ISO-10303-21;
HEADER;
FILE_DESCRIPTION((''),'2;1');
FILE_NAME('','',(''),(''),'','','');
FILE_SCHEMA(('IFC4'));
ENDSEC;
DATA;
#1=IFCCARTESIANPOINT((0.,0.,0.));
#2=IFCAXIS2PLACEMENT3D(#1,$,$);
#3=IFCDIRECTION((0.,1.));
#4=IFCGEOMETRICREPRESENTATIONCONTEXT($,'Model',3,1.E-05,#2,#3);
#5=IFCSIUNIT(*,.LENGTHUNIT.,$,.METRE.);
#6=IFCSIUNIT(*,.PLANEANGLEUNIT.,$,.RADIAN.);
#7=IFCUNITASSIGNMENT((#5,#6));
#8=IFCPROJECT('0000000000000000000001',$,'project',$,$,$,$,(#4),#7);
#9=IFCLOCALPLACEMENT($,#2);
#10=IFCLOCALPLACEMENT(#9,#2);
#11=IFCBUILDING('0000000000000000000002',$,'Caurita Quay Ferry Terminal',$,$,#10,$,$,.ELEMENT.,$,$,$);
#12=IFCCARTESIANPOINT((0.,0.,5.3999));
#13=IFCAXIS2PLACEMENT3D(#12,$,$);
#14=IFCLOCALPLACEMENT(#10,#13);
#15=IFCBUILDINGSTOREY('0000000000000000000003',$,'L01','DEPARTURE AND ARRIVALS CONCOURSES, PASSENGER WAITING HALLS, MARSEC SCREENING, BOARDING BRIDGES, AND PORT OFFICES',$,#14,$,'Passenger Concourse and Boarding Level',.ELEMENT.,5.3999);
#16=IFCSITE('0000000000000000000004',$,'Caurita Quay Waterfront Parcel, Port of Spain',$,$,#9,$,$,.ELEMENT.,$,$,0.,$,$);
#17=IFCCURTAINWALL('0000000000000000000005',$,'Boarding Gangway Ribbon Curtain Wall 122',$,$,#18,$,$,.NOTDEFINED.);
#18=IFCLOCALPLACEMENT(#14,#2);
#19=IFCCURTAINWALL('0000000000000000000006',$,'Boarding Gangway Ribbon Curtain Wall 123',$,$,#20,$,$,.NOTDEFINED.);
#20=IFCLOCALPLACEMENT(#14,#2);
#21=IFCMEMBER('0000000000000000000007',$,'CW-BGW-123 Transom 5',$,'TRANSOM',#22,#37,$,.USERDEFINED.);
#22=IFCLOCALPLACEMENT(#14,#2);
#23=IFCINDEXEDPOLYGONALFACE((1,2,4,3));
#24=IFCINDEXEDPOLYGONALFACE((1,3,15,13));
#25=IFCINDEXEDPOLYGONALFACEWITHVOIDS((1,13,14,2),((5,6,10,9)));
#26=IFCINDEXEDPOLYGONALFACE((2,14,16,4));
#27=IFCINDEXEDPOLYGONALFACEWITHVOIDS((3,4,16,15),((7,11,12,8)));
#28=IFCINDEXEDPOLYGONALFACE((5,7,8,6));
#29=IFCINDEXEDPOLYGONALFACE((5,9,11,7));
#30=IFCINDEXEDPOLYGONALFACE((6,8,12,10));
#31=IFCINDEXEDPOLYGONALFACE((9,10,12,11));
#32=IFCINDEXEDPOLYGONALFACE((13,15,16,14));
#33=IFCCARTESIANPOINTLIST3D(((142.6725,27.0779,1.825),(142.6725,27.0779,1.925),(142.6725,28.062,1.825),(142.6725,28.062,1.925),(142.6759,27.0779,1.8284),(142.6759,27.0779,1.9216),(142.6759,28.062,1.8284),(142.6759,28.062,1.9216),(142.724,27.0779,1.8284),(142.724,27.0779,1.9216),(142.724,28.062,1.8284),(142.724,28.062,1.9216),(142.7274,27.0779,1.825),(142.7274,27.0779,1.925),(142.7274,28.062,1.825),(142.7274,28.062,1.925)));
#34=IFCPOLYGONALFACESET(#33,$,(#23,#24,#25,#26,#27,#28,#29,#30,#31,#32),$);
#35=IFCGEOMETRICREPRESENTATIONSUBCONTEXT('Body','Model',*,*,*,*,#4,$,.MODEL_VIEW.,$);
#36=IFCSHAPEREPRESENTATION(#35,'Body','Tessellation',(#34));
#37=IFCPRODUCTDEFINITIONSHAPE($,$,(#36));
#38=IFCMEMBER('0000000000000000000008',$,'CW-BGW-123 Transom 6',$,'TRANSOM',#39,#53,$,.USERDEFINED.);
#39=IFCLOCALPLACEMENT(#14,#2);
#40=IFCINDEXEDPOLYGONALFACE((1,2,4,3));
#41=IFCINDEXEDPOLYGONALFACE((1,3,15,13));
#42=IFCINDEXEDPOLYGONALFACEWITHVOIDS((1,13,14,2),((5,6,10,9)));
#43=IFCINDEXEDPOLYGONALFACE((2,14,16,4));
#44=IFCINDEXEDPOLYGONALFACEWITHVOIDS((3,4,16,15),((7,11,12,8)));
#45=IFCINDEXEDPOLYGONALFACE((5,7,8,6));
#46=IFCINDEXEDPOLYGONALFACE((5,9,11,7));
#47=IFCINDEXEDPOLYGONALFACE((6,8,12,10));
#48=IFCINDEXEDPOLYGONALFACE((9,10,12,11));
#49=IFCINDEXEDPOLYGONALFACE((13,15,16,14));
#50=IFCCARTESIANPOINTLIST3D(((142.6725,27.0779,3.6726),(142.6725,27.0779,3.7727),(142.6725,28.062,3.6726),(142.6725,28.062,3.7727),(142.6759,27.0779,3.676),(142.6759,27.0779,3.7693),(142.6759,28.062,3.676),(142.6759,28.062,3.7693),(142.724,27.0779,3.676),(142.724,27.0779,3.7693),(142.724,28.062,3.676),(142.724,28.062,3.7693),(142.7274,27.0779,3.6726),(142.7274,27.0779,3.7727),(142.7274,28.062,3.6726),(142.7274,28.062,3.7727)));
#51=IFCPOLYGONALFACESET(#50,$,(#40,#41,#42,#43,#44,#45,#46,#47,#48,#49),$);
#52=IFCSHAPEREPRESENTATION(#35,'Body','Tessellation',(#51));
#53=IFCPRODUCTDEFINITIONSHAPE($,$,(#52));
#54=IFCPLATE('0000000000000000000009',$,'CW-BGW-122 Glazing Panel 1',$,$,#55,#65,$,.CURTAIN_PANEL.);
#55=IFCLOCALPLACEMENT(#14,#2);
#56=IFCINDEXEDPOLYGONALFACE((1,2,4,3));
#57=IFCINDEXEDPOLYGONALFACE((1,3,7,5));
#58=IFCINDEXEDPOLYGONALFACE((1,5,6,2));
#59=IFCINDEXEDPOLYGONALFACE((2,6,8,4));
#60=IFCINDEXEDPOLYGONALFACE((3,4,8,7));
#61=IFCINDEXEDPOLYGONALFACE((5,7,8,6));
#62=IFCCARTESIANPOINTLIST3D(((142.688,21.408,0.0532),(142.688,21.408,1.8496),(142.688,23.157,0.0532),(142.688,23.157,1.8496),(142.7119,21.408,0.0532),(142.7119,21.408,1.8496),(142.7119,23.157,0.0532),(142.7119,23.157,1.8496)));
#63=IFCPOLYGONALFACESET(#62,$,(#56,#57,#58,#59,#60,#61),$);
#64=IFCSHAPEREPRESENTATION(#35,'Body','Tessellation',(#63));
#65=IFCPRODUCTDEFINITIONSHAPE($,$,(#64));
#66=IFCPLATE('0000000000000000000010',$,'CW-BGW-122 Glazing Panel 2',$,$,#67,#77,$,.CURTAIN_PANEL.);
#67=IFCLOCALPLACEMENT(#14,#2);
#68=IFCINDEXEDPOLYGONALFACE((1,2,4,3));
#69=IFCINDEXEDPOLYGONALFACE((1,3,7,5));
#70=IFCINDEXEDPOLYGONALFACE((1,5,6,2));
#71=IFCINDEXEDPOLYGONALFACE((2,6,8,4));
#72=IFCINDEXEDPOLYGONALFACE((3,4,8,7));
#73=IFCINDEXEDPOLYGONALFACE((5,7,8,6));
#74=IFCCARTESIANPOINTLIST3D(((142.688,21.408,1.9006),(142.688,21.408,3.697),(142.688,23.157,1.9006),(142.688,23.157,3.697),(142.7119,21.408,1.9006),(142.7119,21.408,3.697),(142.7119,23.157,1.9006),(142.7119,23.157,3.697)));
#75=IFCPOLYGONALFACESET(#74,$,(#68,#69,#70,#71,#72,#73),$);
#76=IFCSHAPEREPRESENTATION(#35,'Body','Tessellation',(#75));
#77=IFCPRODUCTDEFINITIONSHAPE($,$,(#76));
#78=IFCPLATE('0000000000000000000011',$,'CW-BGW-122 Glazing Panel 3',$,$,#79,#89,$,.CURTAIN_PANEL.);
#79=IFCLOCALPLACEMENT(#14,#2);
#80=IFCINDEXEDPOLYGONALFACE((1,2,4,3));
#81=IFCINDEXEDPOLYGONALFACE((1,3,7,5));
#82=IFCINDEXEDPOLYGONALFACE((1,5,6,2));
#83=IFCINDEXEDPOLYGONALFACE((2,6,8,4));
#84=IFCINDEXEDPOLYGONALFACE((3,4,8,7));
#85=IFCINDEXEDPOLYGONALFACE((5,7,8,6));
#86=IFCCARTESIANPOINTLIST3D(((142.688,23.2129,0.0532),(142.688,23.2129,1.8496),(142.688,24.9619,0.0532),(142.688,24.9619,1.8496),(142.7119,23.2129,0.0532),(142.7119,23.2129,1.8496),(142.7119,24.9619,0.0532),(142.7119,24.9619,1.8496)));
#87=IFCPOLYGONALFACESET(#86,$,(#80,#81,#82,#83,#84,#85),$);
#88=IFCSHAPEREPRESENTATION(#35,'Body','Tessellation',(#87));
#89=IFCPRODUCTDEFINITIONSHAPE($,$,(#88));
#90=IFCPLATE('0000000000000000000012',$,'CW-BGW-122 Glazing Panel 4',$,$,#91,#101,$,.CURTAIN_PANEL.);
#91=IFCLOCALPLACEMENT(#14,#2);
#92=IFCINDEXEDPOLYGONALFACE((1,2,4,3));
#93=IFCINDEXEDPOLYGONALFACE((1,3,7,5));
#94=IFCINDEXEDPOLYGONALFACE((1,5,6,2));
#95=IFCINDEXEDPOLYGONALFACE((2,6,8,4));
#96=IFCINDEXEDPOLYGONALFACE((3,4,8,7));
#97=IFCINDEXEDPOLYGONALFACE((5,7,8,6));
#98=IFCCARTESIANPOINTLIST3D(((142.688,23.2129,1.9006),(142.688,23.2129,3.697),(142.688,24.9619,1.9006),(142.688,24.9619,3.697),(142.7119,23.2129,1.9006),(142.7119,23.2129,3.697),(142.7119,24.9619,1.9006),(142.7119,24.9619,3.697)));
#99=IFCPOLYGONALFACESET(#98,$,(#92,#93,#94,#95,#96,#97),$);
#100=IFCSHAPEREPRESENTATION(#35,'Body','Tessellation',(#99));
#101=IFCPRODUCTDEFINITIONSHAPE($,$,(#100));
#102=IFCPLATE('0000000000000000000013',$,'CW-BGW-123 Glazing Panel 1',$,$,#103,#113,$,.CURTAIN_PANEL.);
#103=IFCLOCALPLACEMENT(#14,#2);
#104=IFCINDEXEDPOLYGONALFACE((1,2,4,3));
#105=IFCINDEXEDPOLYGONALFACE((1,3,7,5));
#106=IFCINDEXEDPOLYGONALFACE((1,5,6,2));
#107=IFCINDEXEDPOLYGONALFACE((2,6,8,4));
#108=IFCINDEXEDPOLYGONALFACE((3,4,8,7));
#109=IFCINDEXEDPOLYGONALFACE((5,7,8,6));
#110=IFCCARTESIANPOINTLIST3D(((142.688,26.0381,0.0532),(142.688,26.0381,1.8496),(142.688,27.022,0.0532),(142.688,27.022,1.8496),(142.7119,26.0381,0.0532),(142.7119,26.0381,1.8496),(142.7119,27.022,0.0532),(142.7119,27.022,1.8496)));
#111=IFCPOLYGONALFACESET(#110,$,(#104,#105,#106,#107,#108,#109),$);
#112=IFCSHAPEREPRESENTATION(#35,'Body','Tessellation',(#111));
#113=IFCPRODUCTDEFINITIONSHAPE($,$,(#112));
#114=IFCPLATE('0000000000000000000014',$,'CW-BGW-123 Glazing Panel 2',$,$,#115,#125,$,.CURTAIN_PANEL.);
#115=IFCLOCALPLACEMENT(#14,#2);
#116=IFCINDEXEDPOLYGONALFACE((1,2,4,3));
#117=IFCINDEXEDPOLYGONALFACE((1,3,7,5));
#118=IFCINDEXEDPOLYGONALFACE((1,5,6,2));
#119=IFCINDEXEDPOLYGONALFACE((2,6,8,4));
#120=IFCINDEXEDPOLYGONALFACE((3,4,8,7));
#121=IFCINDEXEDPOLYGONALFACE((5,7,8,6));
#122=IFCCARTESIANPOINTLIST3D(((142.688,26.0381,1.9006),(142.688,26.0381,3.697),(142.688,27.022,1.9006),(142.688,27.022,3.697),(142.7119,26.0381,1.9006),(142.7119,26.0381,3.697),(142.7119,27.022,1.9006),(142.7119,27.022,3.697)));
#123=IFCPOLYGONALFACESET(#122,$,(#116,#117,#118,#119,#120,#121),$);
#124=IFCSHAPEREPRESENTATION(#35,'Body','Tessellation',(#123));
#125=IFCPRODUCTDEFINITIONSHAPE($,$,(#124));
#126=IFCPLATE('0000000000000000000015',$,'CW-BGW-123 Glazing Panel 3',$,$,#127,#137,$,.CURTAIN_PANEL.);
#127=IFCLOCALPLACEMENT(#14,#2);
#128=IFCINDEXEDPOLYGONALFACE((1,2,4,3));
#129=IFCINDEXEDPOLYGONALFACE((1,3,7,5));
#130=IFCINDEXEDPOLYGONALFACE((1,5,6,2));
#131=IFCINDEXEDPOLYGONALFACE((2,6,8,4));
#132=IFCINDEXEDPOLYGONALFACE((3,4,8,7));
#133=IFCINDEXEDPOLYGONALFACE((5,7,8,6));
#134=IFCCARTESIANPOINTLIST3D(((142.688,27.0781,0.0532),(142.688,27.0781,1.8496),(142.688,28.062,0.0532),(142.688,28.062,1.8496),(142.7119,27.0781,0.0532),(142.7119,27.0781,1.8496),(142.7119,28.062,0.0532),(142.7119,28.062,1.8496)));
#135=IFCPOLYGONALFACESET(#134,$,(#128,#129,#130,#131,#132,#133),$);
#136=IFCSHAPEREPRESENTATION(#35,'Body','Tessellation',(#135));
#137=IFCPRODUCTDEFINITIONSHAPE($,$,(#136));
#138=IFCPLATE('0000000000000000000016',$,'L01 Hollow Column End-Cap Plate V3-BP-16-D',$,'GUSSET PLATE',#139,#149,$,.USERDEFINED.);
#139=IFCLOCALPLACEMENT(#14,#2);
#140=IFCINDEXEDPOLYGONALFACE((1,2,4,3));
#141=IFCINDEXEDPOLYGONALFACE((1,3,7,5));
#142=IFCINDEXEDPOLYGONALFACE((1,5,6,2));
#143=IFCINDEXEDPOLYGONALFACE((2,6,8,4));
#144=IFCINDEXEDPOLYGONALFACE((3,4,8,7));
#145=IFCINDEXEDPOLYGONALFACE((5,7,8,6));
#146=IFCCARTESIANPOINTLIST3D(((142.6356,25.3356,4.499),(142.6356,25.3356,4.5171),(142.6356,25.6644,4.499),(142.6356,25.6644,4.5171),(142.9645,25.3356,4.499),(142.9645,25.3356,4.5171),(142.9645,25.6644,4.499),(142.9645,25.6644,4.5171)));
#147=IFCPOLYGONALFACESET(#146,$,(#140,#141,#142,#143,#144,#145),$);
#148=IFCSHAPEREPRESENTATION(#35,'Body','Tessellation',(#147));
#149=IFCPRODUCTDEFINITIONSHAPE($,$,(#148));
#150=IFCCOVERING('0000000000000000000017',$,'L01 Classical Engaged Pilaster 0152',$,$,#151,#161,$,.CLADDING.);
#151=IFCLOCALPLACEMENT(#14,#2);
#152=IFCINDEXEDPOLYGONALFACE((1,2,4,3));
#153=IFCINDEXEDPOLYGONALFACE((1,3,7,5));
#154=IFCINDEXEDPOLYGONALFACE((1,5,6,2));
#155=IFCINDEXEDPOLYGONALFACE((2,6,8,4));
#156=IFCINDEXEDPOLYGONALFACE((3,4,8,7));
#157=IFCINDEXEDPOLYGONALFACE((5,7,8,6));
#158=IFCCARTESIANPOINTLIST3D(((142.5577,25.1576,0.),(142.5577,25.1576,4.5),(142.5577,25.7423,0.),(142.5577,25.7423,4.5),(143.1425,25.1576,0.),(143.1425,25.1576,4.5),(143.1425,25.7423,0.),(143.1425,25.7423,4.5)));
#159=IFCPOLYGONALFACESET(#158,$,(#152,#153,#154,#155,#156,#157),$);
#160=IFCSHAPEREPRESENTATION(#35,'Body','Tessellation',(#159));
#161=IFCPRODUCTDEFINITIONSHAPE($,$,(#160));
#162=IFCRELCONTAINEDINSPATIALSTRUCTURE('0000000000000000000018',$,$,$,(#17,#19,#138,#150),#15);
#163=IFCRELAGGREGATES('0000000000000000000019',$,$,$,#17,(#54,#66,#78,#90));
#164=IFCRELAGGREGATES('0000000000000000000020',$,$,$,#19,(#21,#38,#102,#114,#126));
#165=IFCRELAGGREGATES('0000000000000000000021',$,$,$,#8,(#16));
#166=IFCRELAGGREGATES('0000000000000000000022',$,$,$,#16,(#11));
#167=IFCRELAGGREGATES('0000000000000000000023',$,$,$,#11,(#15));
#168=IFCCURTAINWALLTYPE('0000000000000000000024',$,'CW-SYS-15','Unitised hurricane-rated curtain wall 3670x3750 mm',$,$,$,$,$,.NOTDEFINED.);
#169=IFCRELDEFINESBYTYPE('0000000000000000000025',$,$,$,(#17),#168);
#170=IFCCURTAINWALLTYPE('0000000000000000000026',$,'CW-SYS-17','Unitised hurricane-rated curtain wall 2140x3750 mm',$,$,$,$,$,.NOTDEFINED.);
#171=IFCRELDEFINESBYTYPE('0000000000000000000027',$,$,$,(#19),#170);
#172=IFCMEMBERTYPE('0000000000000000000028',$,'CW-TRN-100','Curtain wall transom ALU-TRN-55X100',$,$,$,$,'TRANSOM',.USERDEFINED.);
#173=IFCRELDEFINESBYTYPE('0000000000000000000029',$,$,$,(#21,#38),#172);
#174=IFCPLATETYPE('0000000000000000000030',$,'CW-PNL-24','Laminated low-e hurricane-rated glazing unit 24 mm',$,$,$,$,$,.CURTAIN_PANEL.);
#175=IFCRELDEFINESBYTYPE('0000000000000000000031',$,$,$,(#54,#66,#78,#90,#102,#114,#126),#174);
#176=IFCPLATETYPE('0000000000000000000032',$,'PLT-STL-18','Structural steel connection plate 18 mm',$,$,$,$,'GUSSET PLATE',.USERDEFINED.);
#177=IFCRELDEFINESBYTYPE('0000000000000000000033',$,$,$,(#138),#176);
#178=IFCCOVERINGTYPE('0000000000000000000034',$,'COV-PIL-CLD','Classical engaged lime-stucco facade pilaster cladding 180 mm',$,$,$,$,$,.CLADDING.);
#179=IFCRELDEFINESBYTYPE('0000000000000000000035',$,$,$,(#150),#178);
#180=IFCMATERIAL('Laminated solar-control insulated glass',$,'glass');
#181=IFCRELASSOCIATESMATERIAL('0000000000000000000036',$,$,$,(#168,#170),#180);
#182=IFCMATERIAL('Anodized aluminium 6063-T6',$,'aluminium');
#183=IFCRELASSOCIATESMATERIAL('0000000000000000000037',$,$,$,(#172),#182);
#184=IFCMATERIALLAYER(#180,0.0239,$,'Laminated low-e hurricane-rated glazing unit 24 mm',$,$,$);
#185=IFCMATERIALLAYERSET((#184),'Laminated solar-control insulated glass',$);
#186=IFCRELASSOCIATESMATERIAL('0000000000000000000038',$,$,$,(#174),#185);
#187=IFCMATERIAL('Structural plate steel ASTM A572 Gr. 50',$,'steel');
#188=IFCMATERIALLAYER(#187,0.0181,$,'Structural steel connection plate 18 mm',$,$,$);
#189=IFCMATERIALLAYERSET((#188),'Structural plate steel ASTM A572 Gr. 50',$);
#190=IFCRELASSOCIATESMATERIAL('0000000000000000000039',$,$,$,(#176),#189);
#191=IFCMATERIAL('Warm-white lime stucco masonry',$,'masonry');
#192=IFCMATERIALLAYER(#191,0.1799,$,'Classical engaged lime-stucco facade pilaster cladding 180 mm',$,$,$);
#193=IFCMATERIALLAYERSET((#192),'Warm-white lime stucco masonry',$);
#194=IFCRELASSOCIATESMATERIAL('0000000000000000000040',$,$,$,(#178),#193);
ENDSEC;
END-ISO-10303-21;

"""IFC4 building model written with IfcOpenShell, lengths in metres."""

from ifc_helpers import new_model, si_unit, direction, frame, origin, origin_2d, place, context, subcontext, project, spatial, rectangle, hollow_rectangle, extrude, material, layer, layer_set, material_profile, profile_set, type_object, element, aggregate, save


model = new_model("IFC4")

# Units and contexts
model_context = context("Model", 3, precision=1e-05, world=origin(), true_north=direction((0.0, 1.0)))
body_context = subcontext(model_context, "Body", "Model", "MODEL_VIEW")
ifc_project = project(units=[si_unit("LENGTHUNIT", "METRE"), si_unit("PLANEANGLEUNIT", "RADIAN")], contexts=[model_context])

# Site, building, storey
site_placement = place(None, origin())
site = spatial("IfcSite", under=ifc_project, at=site_placement, Name="Caurita Quay Waterfront Parcel, Port of Spain", CompositionType="ELEMENT", RefElevation=0.0)
building_placement = place(site_placement, origin())
building = spatial("IfcBuilding", under=site, at=building_placement, Name="Caurita Quay Ferry Terminal", CompositionType="ELEMENT")
storey_placement = place(building_placement, frame((0.0, 0.0, 5.3999)))
storey = spatial("IfcBuildingStorey", under=building, at=storey_placement, Name="L01", Description="DEPARTURE AND ARRIVALS CONCOURSES, PASSENGER WAITING HALLS, MARSEC SCREENING, BOARDING BRIDGES, AND PORT OFFICES", LongName="Passenger Concourse and Boarding Level", CompositionType="ELEMENT", Elevation=5.3999)

# Curtain walls
ifc_material_1 = material(Name="Laminated solar-control insulated glass", Category="glass")
curtain_wall_type_1 = type_object("IfcCurtainWallType", Name="CW-SYS-15", Description="Unitised hurricane-rated curtain wall 3670x3750 mm", PredefinedType="NOTDEFINED", material=ifc_material_1)
curtain_wall_1_placement = place(storey_placement, origin())
curtain_wall_1 = element("IfcCurtainWall", 1, at=curtain_wall_1_placement, inside=storey, type_object=curtain_wall_type_1, Name="Boarding Gangway Ribbon Curtain Wall 122", PredefinedType="NOTDEFINED")
ifc_material_2 = material(Name="Anodized aluminium 6063-T6", Category="aluminium")
curtain_wall_type_2 = type_object("IfcCurtainWallType", Name="CW-SYS-17", Description="Unitised hurricane-rated curtain wall 2140x3750 mm", PredefinedType="NOTDEFINED", material=ifc_material_1)
curtain_wall_2_placement = place(storey_placement, origin())
curtain_wall_2 = element("IfcCurtainWall", 2, at=curtain_wall_2_placement, inside=storey, type_object=curtain_wall_type_2, Name="Boarding Gangway Ribbon Curtain Wall 123", PredefinedType="NOTDEFINED")

# Members
ifc_material_profile_1 = material_profile(ifc_material_2, hollow_rectangle(XDim=0.0549, YDim=0.1001, WallThickness=0.0034, at=origin_2d()), Name="ALU-TRN-55X100")
ifc_profile_set_1 = profile_set([ifc_material_profile_1], Name="Anodized aluminium 6063-T6")
member_type_1 = type_object("IfcMemberType", Name="CW-TRN-100", Description="Curtain wall transom ALU-TRN-55X100", ElementType="TRANSOM", PredefinedType="USERDEFINED", material=ifc_profile_set_1)
member_1_placement = place(storey_placement, frame((142.7, 27.0779, 1.875), z_axis=(0.0, 1.0, 0.0), x_axis=(-1.0, 0.0, 0.0)))
member_1 = element("IfcMember", 3, at=member_1_placement, type_object=member_type_1, Name="CW-BGW-123 Transom 5", ObjectType="TRANSOM", PredefinedType="USERDEFINED", context=body_context, shape_type="SweptSolid", body=[
    extrude(hollow_rectangle(XDim=0.0549, YDim=0.1001, WallThickness=0.0034, at=origin_2d()), origin(), (0.0, 0.0, 1.0), 0.9841),
])
member_2_placement = place(storey_placement, frame((142.7, 27.0779, 3.7227), z_axis=(0.0, 1.0, 0.0), x_axis=(-1.0, 0.0, 0.0)))
member_2 = element("IfcMember", 4, at=member_2_placement, type_object=member_type_1, Name="CW-BGW-123 Transom 6", ObjectType="TRANSOM", PredefinedType="USERDEFINED", context=body_context, shape_type="SweptSolid", body=[
    extrude(hollow_rectangle(XDim=0.0549, YDim=0.1001, WallThickness=0.0034, at=origin_2d()), origin(), (0.0, 0.0, 1.0), 0.9841),
])

# Plates
ifc_layer_1 = layer(ifc_material_1, 0.0239, Name="Laminated low-e hurricane-rated glazing unit 24 mm")
ifc_layer_set_1 = layer_set([ifc_layer_1], Name="Laminated solar-control insulated glass")
plate_type_1 = type_object("IfcPlateType", Name="CW-PNL-24", Description="Laminated low-e hurricane-rated glazing unit 24 mm", PredefinedType="CURTAIN_PANEL", material=ifc_layer_set_1)
plate_1_placement = place(storey_placement, frame((142.7, 22.2825, 0.0532), z_axis=(0.0, 0.0, 1.0), x_axis=(0.0, 1.0, 0.0)))
plate_1 = element("IfcPlate", 5, at=plate_1_placement, type_object=plate_type_1, Name="CW-BGW-122 Glazing Panel 1", PredefinedType="CURTAIN_PANEL", context=body_context, shape_type="SweptSolid", body=[
    extrude(rectangle(XDim=1.749, YDim=0.0239, at=origin_2d()), origin(), (0.0, 0.0, 1.0), 1.7964),
])
plate_2_placement = place(storey_placement, frame((142.7, 22.2825, 1.9006), z_axis=(0.0, 0.0, 1.0), x_axis=(0.0, 1.0, 0.0)))
plate_2 = element("IfcPlate", 6, at=plate_2_placement, type_object=plate_type_1, Name="CW-BGW-122 Glazing Panel 2", PredefinedType="CURTAIN_PANEL", context=body_context, shape_type="SweptSolid", body=[
    extrude(rectangle(XDim=1.749, YDim=0.0239, at=origin_2d()), origin(), (0.0, 0.0, 1.0), 1.7964),
])
plate_3_placement = place(storey_placement, frame((142.7, 24.0874, 0.0532), z_axis=(0.0, 0.0, 1.0), x_axis=(0.0, 1.0, 0.0)))
plate_3 = element("IfcPlate", 7, at=plate_3_placement, type_object=plate_type_1, Name="CW-BGW-122 Glazing Panel 3", PredefinedType="CURTAIN_PANEL", context=body_context, shape_type="SweptSolid", body=[
    extrude(rectangle(XDim=1.749, YDim=0.0239, at=origin_2d()), origin(), (0.0, 0.0, 1.0), 1.7964),
])
plate_4_placement = place(storey_placement, frame((142.7, 24.0874, 1.9006), z_axis=(0.0, 0.0, 1.0), x_axis=(0.0, 1.0, 0.0)))
plate_4 = element("IfcPlate", 8, at=plate_4_placement, type_object=plate_type_1, Name="CW-BGW-122 Glazing Panel 4", PredefinedType="CURTAIN_PANEL", context=body_context, shape_type="SweptSolid", body=[
    extrude(rectangle(XDim=1.749, YDim=0.0239, at=origin_2d()), origin(), (0.0, 0.0, 1.0), 1.7964),
])
aggregate(curtain_wall_1, [plate_1, plate_2, plate_3, plate_4])
plate_5_placement = place(storey_placement, frame((142.7, 26.53, 0.0532), z_axis=(0.0, 0.0, 1.0), x_axis=(0.0, 1.0, 0.0)))
plate_5 = element("IfcPlate", 9, at=plate_5_placement, type_object=plate_type_1, Name="CW-BGW-123 Glazing Panel 1", PredefinedType="CURTAIN_PANEL", context=body_context, shape_type="SweptSolid", body=[
    extrude(rectangle(XDim=0.9839, YDim=0.0239, at=origin_2d()), origin(), (0.0, 0.0, 1.0), 1.7964),
])
plate_6_placement = place(storey_placement, frame((142.7, 26.53, 1.9006), z_axis=(0.0, 0.0, 1.0), x_axis=(0.0, 1.0, 0.0)))
plate_6 = element("IfcPlate", 10, at=plate_6_placement, type_object=plate_type_1, Name="CW-BGW-123 Glazing Panel 2", PredefinedType="CURTAIN_PANEL", context=body_context, shape_type="SweptSolid", body=[
    extrude(rectangle(XDim=0.9839, YDim=0.0239, at=origin_2d()), origin(), (0.0, 0.0, 1.0), 1.7964),
])
plate_7_placement = place(storey_placement, frame((142.7, 27.5701, 0.0532), z_axis=(0.0, 0.0, 1.0), x_axis=(0.0, 1.0, 0.0)))
plate_7 = element("IfcPlate", 11, at=plate_7_placement, type_object=plate_type_1, Name="CW-BGW-123 Glazing Panel 3", PredefinedType="CURTAIN_PANEL", context=body_context, shape_type="SweptSolid", body=[
    extrude(rectangle(XDim=0.9839, YDim=0.0239, at=origin_2d()), origin(), (0.0, 0.0, 1.0), 1.7964),
])
aggregate(curtain_wall_2, [member_1, member_2, plate_5, plate_6, plate_7])
ifc_material_3 = material(Name="Structural plate steel ASTM A572 Gr. 50", Category="steel")
ifc_layer_2 = layer(ifc_material_3, 0.0181, Name="Structural steel connection plate 18 mm")
ifc_layer_set_2 = layer_set([ifc_layer_2], Name="Structural plate steel ASTM A572 Gr. 50")
plate_type_2 = type_object("IfcPlateType", Name="PLT-STL-18", Description="Structural steel connection plate 18 mm", ElementType="GUSSET PLATE", PredefinedType="USERDEFINED", material=ifc_layer_set_2)
plate_8_placement = place(storey_placement, frame((142.8, 25.5, 4.499), z_axis=(0.0, 0.0, 1.0), x_axis=(1.0, 0.0, 0.0)))
element("IfcPlate", 12, at=plate_8_placement, inside=storey, type_object=plate_type_2, Name="L01 Hollow Column End-Cap Plate V3-BP-16-D", ObjectType="GUSSET PLATE", PredefinedType="USERDEFINED", context=body_context, shape_type="SweptSolid", body=[
    extrude(rectangle(XDim=0.3289, YDim=0.3289, at=origin_2d()), origin(), (0.0, 0.0, 1.0), 0.0181),
])

# Covering
ifc_material_4 = material(Name="Warm-white lime stucco masonry", Category="masonry")
ifc_layer_3 = layer(ifc_material_4, 0.1799, Name="Classical engaged lime-stucco facade pilaster cladding 180 mm")
ifc_layer_set_3 = layer_set([ifc_layer_3], Name="Warm-white lime stucco masonry")
covering_type = type_object("IfcCoveringType", Name="COV-PIL-CLD", Description="Classical engaged lime-stucco facade pilaster cladding 180 mm", PredefinedType="CLADDING", material=ifc_layer_set_3)
covering_placement = place(storey_placement, frame((142.8501, 25.45, 0.0), z_axis=(0.0, 0.0, 1.0), x_axis=(1.0, 0.0, 0.0)))
element("IfcCovering", 13, at=covering_placement, inside=storey, type_object=covering_type, Name="L01 Classical Engaged Pilaster 0152", PredefinedType="CLADDING", context=body_context, shape_type="SweptSolid", body=[
    extrude(rectangle(XDim=0.5847, YDim=0.5847, at=origin_2d()), origin(), (0.0, 0.0, 1.0), 4.5),
])

save(model, "model.ifc")
